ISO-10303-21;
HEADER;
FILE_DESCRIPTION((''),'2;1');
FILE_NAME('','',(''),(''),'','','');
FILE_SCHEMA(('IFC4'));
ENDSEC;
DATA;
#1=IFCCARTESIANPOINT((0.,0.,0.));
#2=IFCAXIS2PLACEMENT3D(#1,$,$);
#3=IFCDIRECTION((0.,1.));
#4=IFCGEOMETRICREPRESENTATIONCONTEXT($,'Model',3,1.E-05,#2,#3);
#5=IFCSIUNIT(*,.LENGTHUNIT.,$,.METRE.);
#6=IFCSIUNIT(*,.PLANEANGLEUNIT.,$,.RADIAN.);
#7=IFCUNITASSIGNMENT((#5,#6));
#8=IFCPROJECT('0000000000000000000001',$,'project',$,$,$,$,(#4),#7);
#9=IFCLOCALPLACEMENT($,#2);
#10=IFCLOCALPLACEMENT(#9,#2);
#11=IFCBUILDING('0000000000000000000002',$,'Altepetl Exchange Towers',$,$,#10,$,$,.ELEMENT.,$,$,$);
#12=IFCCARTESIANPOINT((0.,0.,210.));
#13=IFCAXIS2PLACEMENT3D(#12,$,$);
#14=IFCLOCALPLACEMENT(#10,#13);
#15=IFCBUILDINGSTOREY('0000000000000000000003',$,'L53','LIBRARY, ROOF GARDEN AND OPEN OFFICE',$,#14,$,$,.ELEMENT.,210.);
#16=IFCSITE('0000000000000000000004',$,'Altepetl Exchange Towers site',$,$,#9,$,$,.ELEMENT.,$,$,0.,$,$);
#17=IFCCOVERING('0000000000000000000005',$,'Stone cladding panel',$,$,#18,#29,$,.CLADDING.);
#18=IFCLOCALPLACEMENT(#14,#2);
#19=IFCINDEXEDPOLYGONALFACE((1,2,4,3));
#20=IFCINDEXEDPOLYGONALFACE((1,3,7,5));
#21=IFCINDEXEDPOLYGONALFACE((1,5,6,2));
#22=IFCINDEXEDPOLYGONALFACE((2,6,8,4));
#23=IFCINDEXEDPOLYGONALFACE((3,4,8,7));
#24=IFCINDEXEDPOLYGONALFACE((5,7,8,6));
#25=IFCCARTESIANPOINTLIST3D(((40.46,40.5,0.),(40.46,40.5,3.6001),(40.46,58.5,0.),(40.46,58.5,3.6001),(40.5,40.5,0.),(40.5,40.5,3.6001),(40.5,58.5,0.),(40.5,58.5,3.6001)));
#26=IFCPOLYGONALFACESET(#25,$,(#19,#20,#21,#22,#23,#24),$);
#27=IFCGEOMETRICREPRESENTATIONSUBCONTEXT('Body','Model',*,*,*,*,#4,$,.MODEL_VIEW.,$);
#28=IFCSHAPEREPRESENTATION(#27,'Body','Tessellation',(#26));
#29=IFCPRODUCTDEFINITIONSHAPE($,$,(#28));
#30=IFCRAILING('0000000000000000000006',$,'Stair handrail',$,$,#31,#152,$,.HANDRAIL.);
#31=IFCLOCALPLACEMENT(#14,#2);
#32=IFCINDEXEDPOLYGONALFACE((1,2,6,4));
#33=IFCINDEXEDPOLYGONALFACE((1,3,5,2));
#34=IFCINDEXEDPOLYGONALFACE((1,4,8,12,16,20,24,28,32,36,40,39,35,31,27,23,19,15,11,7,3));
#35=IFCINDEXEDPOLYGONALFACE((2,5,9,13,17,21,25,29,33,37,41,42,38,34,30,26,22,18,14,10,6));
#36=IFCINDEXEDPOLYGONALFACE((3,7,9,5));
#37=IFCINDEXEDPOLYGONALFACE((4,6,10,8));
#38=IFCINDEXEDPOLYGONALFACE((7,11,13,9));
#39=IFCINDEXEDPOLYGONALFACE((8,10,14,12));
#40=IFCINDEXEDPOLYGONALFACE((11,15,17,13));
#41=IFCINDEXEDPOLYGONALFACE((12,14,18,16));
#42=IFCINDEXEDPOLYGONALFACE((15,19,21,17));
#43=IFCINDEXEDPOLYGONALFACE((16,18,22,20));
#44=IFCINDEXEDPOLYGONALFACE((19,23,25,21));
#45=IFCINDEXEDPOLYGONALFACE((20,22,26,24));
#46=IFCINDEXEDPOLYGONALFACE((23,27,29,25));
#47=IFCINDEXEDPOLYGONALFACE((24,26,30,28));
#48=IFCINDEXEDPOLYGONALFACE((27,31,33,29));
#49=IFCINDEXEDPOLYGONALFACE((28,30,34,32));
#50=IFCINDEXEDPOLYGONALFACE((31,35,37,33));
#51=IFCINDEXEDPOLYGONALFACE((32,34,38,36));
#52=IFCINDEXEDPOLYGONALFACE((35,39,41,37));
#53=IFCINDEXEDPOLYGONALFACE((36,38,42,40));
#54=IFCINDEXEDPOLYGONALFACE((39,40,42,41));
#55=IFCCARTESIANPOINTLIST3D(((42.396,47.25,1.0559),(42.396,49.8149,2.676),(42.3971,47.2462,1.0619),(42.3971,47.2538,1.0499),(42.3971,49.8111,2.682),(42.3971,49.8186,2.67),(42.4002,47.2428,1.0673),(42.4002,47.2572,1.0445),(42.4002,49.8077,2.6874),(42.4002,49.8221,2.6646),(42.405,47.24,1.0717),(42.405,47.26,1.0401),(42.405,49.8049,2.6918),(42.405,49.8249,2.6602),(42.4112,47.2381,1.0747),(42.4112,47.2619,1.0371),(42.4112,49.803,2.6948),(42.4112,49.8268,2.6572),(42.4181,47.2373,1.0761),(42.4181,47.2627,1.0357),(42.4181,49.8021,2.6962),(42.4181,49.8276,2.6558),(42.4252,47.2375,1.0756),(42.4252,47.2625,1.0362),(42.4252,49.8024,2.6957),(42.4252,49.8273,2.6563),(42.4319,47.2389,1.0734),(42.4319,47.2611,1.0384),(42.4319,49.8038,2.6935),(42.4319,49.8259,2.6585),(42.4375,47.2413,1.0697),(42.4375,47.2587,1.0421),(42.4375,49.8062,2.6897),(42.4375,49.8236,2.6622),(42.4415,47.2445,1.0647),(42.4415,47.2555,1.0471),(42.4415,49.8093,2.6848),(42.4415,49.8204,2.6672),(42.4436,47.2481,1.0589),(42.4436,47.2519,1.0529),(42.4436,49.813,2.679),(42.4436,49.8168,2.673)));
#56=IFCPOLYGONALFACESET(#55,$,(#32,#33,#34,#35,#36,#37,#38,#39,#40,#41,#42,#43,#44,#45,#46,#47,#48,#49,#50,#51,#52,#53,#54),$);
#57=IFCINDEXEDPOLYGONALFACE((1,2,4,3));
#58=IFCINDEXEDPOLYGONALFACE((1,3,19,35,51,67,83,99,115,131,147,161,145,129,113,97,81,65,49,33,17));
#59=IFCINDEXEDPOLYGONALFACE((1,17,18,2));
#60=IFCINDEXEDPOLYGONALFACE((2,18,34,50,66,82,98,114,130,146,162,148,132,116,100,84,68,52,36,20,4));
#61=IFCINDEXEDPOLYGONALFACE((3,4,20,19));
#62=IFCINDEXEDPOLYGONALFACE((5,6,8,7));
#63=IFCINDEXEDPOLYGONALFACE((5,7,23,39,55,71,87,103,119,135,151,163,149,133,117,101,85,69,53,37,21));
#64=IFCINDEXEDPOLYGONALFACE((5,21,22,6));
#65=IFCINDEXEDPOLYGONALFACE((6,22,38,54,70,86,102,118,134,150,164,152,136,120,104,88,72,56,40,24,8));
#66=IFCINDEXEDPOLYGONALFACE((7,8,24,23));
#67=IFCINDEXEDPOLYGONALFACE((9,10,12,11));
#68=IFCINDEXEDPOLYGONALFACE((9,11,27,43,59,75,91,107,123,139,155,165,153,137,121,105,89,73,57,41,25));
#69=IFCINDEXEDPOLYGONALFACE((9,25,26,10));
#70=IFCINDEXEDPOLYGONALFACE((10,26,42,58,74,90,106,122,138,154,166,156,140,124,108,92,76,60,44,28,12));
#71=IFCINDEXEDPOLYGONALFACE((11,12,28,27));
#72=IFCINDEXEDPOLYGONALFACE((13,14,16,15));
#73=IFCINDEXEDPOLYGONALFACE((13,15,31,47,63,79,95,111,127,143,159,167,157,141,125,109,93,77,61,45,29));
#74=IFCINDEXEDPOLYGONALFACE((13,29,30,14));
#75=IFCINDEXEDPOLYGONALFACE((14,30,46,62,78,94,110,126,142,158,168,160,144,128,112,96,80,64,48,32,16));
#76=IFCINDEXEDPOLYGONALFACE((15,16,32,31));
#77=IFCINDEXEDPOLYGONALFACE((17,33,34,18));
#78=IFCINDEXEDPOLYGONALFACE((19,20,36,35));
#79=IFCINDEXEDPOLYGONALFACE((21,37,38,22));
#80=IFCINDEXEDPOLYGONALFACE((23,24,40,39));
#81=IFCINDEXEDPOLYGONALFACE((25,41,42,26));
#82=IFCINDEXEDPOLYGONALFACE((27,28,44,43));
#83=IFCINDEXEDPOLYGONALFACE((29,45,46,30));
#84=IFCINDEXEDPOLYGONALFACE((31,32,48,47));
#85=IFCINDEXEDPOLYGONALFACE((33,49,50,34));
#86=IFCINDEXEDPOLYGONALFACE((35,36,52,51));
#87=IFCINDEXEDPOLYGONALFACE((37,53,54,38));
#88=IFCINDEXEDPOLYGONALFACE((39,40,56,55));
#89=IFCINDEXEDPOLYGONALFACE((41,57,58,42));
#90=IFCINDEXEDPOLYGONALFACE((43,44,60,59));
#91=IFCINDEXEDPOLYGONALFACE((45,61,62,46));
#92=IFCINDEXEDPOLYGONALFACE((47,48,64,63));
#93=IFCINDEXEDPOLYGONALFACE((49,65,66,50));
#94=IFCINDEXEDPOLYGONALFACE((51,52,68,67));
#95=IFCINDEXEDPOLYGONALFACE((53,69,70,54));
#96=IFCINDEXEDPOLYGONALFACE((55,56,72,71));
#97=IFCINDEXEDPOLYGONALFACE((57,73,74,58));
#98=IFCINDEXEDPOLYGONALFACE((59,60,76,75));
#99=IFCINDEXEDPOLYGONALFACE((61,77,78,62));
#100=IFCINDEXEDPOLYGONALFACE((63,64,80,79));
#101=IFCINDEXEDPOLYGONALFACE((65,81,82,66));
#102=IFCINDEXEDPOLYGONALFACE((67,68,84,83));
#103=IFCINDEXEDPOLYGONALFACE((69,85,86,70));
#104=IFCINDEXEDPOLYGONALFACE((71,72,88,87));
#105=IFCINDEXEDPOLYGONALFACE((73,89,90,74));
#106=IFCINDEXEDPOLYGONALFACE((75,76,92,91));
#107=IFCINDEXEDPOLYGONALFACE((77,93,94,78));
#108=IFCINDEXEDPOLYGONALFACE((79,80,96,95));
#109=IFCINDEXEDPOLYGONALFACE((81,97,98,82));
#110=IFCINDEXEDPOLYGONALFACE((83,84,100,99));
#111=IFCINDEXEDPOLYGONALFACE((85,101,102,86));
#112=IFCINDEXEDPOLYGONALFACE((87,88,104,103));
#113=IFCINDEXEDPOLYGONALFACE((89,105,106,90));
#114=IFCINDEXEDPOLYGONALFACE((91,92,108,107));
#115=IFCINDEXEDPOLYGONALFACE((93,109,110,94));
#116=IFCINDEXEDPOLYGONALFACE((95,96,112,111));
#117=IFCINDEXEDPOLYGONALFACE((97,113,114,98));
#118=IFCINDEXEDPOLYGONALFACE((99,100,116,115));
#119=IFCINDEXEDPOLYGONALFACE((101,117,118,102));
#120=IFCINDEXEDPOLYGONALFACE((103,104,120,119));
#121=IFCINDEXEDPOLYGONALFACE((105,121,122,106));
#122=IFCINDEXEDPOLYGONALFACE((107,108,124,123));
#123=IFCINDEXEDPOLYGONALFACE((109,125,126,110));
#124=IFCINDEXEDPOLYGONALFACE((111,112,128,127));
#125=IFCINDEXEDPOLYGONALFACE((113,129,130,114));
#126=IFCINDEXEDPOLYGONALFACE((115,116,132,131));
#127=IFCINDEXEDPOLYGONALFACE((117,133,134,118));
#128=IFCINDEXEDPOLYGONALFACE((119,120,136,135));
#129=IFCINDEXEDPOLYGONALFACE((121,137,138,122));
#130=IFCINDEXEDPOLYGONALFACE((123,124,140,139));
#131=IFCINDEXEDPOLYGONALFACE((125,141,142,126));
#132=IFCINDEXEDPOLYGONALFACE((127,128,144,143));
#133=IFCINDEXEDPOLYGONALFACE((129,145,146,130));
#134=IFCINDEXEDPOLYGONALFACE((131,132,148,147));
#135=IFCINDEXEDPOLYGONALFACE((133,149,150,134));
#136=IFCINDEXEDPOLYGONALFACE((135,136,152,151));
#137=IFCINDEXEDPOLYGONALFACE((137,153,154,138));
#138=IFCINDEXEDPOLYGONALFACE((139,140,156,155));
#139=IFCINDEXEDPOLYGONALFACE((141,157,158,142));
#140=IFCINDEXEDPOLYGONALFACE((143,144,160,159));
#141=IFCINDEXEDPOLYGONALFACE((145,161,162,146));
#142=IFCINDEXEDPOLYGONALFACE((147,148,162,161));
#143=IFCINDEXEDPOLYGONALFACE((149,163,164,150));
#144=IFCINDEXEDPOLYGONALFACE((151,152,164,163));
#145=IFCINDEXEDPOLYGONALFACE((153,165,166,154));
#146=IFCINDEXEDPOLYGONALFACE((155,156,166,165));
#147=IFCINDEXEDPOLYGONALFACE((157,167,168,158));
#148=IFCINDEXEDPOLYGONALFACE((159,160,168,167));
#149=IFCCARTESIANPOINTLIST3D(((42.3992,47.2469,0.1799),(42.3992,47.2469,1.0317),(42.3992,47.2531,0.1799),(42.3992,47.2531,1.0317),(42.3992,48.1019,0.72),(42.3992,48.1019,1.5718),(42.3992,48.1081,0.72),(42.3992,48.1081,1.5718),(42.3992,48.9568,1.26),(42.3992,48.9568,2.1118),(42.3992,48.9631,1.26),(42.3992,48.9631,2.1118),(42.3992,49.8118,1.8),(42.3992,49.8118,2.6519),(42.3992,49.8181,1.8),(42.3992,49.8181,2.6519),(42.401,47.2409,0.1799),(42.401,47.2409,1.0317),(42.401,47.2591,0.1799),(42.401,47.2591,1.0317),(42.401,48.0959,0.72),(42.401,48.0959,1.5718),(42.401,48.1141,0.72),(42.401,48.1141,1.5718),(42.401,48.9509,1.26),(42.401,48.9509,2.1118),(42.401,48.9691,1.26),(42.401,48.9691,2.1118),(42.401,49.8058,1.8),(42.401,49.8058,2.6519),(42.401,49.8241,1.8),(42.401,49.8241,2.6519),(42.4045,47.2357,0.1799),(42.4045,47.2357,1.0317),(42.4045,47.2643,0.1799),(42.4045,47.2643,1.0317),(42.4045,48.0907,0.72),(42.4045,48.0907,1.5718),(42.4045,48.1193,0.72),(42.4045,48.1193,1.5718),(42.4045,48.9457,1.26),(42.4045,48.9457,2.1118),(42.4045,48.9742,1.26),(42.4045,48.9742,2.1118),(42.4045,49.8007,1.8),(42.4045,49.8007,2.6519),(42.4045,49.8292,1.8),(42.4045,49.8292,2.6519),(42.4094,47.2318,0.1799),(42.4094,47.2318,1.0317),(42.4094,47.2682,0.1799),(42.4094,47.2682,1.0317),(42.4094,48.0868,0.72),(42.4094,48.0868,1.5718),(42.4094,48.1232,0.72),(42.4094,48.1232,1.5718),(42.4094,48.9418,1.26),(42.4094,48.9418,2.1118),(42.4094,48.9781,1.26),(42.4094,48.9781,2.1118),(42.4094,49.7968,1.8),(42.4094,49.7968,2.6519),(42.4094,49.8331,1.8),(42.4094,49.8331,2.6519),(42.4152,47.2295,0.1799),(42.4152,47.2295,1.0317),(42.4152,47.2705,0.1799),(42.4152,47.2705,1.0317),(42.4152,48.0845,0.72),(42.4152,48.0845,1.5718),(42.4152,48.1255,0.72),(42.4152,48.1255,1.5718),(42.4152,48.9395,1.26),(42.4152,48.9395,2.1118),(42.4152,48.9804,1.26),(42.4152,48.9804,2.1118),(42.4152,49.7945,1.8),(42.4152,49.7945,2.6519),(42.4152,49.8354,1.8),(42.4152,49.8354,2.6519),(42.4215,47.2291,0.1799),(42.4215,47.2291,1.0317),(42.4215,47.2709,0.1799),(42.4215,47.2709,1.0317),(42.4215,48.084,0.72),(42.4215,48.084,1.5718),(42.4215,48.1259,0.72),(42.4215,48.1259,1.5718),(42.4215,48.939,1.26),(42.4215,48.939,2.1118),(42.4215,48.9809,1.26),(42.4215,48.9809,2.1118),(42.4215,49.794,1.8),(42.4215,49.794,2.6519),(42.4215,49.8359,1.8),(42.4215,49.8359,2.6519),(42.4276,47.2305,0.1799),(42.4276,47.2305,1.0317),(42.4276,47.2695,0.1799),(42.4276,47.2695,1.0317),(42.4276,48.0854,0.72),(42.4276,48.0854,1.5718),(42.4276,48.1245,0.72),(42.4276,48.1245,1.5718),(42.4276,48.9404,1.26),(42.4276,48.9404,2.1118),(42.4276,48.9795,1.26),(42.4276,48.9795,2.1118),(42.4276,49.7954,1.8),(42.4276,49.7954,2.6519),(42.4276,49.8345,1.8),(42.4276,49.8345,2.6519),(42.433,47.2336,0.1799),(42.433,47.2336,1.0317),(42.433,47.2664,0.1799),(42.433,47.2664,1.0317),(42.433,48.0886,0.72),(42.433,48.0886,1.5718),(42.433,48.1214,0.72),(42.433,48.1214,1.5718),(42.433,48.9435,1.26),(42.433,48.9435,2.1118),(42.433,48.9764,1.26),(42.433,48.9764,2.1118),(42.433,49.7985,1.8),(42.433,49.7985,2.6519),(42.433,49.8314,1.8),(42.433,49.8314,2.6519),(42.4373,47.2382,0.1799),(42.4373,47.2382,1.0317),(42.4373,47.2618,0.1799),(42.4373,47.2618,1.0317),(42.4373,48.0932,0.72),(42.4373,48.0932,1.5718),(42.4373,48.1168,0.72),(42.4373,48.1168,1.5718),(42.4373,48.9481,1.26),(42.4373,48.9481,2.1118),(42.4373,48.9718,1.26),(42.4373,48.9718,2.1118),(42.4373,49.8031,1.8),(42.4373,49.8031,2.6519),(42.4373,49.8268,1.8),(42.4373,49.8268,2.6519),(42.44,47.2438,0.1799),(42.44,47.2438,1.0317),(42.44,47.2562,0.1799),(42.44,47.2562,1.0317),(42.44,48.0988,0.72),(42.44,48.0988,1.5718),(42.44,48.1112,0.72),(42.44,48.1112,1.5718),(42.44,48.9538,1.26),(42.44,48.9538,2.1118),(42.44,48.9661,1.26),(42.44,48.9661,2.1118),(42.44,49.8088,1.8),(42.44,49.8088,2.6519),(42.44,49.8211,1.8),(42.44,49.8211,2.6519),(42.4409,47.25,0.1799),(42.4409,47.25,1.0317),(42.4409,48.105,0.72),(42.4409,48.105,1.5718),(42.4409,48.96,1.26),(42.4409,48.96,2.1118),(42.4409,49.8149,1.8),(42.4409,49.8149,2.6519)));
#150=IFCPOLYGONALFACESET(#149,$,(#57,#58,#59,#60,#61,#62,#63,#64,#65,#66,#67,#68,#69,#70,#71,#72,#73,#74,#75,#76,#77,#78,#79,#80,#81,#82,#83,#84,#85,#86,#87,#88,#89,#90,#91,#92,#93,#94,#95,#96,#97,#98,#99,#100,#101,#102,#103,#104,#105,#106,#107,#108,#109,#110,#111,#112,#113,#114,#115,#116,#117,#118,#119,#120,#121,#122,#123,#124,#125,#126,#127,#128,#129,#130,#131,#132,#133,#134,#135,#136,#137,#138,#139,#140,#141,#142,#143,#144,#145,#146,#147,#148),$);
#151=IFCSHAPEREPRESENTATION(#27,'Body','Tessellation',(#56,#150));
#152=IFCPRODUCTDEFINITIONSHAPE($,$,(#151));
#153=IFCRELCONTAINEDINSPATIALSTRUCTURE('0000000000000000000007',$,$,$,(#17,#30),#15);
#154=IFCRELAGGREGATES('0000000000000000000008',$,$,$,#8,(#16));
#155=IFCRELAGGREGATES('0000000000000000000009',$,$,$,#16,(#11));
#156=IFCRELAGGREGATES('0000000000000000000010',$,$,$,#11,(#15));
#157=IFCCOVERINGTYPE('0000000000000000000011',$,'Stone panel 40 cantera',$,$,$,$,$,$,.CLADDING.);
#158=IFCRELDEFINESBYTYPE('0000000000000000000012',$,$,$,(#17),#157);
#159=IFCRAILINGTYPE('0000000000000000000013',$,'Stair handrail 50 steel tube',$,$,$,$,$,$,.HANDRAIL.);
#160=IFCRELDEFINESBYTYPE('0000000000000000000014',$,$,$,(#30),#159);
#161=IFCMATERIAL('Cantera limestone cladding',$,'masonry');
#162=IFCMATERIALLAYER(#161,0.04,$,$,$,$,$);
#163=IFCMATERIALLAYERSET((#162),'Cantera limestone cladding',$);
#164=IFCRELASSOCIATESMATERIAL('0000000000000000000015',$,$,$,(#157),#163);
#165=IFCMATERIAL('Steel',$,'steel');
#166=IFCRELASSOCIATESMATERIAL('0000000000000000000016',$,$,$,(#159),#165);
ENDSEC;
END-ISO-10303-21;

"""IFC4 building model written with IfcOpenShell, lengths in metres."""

from ifc_helpers import new_model, si_unit, direction, frame, origin, origin_2d, place, context, subcontext, project, spatial, rectangle, circle, extrude, source, transform, mapped, material, layer, layer_set, type_object, element, save


model = new_model("IFC4")

# Units and contexts
model_context = context("Model", 3, precision=1e-05, world=origin(), true_north=direction((0.0, 1.0)))
body_context = subcontext(model_context, "Body", "Model", "MODEL_VIEW")
ifc_project = project(units=[si_unit("LENGTHUNIT", "METRE"), si_unit("PLANEANGLEUNIT", "RADIAN")], contexts=[model_context])

# Site, building, storey
site_placement = place(None, origin())
site = spatial("IfcSite", under=ifc_project, at=site_placement, Name="Altepetl Exchange Towers site", CompositionType="ELEMENT", RefElevation=0.0)
building_placement = place(site_placement, origin())
building = spatial("IfcBuilding", under=site, at=building_placement, Name="Altepetl Exchange Towers", CompositionType="ELEMENT")
storey_placement = place(building_placement, frame((0.0, 0.0, 210.0)))
storey = spatial("IfcBuildingStorey", under=building, at=storey_placement, Name="L53", Description="LIBRARY, ROOF GARDEN AND OPEN OFFICE", CompositionType="ELEMENT", Elevation=210.0)

# Covering
ifc_material_1 = material(Name="Cantera limestone cladding", Category="masonry")
ifc_layer_1 = layer(ifc_material_1, 0.04)
ifc_layer_set_1 = layer_set([ifc_layer_1], Name="Cantera limestone cladding")
covering_type = type_object("IfcCoveringType", Name="Stone panel 40 cantera", PredefinedType="CLADDING", material=ifc_layer_set_1)
covering_placement = place(storey_placement, frame((40.48, 49.5, 0.0), z_axis=(0.0, 0.0, 1.0), x_axis=(0.0, -1.0, 0.0)))
element("IfcCovering", 1, at=covering_placement, inside=storey, type_object=covering_type, Name="Stone cladding panel", PredefinedType="CLADDING", context=body_context, shape_type="SweptSolid", body=[
    extrude(rectangle(XDim=18.0, YDim=0.04, at=origin_2d()), origin(), (0.0, 0.0, 1.0), 3.6001),
])

# Railing
ifc_material_2 = material(Name="Steel", Category="steel")
railing_type = type_object("IfcRailingType", Name="Stair handrail 50 steel tube", PredefinedType="HANDRAIL", material=ifc_material_2)
shared_shape = source(origin(), body_context, "Body", "SweptSolid", [
    extrude(circle(Radius=0.021, at=origin_2d()), origin(), (0.0, 0.0, 1.0), 0.8518),
])
railing_1_placement = place(storey_placement, frame((42.4199, 47.25, 0.1799)))
element("IfcRailing", 2, at=railing_1_placement, inside=storey, type_object=railing_type, Name="Stair handrail", PredefinedType="HANDRAIL", context=body_context, shape_type="SweptSolid", body=[
    extrude(circle(Radius=0.0239, at=origin_2d()), frame((0.0, 0.0, 0.876), z_axis=(0.0, 0.845466, 0.534029), x_axis=(-1.0, 0.0, 0.0)), (0.0, 0.0, 1.0), 3.0337),
    mapped(shared_shape, transform((0.0, 0.0, 0.0))),
    mapped(shared_shape, transform((0.0, 0.855, 0.54))),
    mapped(shared_shape, transform((0.0, 1.71, 1.0801))),
    mapped(shared_shape, transform((0.0, 2.5649, 1.6201))),
])

save(model, "model.ifc")
